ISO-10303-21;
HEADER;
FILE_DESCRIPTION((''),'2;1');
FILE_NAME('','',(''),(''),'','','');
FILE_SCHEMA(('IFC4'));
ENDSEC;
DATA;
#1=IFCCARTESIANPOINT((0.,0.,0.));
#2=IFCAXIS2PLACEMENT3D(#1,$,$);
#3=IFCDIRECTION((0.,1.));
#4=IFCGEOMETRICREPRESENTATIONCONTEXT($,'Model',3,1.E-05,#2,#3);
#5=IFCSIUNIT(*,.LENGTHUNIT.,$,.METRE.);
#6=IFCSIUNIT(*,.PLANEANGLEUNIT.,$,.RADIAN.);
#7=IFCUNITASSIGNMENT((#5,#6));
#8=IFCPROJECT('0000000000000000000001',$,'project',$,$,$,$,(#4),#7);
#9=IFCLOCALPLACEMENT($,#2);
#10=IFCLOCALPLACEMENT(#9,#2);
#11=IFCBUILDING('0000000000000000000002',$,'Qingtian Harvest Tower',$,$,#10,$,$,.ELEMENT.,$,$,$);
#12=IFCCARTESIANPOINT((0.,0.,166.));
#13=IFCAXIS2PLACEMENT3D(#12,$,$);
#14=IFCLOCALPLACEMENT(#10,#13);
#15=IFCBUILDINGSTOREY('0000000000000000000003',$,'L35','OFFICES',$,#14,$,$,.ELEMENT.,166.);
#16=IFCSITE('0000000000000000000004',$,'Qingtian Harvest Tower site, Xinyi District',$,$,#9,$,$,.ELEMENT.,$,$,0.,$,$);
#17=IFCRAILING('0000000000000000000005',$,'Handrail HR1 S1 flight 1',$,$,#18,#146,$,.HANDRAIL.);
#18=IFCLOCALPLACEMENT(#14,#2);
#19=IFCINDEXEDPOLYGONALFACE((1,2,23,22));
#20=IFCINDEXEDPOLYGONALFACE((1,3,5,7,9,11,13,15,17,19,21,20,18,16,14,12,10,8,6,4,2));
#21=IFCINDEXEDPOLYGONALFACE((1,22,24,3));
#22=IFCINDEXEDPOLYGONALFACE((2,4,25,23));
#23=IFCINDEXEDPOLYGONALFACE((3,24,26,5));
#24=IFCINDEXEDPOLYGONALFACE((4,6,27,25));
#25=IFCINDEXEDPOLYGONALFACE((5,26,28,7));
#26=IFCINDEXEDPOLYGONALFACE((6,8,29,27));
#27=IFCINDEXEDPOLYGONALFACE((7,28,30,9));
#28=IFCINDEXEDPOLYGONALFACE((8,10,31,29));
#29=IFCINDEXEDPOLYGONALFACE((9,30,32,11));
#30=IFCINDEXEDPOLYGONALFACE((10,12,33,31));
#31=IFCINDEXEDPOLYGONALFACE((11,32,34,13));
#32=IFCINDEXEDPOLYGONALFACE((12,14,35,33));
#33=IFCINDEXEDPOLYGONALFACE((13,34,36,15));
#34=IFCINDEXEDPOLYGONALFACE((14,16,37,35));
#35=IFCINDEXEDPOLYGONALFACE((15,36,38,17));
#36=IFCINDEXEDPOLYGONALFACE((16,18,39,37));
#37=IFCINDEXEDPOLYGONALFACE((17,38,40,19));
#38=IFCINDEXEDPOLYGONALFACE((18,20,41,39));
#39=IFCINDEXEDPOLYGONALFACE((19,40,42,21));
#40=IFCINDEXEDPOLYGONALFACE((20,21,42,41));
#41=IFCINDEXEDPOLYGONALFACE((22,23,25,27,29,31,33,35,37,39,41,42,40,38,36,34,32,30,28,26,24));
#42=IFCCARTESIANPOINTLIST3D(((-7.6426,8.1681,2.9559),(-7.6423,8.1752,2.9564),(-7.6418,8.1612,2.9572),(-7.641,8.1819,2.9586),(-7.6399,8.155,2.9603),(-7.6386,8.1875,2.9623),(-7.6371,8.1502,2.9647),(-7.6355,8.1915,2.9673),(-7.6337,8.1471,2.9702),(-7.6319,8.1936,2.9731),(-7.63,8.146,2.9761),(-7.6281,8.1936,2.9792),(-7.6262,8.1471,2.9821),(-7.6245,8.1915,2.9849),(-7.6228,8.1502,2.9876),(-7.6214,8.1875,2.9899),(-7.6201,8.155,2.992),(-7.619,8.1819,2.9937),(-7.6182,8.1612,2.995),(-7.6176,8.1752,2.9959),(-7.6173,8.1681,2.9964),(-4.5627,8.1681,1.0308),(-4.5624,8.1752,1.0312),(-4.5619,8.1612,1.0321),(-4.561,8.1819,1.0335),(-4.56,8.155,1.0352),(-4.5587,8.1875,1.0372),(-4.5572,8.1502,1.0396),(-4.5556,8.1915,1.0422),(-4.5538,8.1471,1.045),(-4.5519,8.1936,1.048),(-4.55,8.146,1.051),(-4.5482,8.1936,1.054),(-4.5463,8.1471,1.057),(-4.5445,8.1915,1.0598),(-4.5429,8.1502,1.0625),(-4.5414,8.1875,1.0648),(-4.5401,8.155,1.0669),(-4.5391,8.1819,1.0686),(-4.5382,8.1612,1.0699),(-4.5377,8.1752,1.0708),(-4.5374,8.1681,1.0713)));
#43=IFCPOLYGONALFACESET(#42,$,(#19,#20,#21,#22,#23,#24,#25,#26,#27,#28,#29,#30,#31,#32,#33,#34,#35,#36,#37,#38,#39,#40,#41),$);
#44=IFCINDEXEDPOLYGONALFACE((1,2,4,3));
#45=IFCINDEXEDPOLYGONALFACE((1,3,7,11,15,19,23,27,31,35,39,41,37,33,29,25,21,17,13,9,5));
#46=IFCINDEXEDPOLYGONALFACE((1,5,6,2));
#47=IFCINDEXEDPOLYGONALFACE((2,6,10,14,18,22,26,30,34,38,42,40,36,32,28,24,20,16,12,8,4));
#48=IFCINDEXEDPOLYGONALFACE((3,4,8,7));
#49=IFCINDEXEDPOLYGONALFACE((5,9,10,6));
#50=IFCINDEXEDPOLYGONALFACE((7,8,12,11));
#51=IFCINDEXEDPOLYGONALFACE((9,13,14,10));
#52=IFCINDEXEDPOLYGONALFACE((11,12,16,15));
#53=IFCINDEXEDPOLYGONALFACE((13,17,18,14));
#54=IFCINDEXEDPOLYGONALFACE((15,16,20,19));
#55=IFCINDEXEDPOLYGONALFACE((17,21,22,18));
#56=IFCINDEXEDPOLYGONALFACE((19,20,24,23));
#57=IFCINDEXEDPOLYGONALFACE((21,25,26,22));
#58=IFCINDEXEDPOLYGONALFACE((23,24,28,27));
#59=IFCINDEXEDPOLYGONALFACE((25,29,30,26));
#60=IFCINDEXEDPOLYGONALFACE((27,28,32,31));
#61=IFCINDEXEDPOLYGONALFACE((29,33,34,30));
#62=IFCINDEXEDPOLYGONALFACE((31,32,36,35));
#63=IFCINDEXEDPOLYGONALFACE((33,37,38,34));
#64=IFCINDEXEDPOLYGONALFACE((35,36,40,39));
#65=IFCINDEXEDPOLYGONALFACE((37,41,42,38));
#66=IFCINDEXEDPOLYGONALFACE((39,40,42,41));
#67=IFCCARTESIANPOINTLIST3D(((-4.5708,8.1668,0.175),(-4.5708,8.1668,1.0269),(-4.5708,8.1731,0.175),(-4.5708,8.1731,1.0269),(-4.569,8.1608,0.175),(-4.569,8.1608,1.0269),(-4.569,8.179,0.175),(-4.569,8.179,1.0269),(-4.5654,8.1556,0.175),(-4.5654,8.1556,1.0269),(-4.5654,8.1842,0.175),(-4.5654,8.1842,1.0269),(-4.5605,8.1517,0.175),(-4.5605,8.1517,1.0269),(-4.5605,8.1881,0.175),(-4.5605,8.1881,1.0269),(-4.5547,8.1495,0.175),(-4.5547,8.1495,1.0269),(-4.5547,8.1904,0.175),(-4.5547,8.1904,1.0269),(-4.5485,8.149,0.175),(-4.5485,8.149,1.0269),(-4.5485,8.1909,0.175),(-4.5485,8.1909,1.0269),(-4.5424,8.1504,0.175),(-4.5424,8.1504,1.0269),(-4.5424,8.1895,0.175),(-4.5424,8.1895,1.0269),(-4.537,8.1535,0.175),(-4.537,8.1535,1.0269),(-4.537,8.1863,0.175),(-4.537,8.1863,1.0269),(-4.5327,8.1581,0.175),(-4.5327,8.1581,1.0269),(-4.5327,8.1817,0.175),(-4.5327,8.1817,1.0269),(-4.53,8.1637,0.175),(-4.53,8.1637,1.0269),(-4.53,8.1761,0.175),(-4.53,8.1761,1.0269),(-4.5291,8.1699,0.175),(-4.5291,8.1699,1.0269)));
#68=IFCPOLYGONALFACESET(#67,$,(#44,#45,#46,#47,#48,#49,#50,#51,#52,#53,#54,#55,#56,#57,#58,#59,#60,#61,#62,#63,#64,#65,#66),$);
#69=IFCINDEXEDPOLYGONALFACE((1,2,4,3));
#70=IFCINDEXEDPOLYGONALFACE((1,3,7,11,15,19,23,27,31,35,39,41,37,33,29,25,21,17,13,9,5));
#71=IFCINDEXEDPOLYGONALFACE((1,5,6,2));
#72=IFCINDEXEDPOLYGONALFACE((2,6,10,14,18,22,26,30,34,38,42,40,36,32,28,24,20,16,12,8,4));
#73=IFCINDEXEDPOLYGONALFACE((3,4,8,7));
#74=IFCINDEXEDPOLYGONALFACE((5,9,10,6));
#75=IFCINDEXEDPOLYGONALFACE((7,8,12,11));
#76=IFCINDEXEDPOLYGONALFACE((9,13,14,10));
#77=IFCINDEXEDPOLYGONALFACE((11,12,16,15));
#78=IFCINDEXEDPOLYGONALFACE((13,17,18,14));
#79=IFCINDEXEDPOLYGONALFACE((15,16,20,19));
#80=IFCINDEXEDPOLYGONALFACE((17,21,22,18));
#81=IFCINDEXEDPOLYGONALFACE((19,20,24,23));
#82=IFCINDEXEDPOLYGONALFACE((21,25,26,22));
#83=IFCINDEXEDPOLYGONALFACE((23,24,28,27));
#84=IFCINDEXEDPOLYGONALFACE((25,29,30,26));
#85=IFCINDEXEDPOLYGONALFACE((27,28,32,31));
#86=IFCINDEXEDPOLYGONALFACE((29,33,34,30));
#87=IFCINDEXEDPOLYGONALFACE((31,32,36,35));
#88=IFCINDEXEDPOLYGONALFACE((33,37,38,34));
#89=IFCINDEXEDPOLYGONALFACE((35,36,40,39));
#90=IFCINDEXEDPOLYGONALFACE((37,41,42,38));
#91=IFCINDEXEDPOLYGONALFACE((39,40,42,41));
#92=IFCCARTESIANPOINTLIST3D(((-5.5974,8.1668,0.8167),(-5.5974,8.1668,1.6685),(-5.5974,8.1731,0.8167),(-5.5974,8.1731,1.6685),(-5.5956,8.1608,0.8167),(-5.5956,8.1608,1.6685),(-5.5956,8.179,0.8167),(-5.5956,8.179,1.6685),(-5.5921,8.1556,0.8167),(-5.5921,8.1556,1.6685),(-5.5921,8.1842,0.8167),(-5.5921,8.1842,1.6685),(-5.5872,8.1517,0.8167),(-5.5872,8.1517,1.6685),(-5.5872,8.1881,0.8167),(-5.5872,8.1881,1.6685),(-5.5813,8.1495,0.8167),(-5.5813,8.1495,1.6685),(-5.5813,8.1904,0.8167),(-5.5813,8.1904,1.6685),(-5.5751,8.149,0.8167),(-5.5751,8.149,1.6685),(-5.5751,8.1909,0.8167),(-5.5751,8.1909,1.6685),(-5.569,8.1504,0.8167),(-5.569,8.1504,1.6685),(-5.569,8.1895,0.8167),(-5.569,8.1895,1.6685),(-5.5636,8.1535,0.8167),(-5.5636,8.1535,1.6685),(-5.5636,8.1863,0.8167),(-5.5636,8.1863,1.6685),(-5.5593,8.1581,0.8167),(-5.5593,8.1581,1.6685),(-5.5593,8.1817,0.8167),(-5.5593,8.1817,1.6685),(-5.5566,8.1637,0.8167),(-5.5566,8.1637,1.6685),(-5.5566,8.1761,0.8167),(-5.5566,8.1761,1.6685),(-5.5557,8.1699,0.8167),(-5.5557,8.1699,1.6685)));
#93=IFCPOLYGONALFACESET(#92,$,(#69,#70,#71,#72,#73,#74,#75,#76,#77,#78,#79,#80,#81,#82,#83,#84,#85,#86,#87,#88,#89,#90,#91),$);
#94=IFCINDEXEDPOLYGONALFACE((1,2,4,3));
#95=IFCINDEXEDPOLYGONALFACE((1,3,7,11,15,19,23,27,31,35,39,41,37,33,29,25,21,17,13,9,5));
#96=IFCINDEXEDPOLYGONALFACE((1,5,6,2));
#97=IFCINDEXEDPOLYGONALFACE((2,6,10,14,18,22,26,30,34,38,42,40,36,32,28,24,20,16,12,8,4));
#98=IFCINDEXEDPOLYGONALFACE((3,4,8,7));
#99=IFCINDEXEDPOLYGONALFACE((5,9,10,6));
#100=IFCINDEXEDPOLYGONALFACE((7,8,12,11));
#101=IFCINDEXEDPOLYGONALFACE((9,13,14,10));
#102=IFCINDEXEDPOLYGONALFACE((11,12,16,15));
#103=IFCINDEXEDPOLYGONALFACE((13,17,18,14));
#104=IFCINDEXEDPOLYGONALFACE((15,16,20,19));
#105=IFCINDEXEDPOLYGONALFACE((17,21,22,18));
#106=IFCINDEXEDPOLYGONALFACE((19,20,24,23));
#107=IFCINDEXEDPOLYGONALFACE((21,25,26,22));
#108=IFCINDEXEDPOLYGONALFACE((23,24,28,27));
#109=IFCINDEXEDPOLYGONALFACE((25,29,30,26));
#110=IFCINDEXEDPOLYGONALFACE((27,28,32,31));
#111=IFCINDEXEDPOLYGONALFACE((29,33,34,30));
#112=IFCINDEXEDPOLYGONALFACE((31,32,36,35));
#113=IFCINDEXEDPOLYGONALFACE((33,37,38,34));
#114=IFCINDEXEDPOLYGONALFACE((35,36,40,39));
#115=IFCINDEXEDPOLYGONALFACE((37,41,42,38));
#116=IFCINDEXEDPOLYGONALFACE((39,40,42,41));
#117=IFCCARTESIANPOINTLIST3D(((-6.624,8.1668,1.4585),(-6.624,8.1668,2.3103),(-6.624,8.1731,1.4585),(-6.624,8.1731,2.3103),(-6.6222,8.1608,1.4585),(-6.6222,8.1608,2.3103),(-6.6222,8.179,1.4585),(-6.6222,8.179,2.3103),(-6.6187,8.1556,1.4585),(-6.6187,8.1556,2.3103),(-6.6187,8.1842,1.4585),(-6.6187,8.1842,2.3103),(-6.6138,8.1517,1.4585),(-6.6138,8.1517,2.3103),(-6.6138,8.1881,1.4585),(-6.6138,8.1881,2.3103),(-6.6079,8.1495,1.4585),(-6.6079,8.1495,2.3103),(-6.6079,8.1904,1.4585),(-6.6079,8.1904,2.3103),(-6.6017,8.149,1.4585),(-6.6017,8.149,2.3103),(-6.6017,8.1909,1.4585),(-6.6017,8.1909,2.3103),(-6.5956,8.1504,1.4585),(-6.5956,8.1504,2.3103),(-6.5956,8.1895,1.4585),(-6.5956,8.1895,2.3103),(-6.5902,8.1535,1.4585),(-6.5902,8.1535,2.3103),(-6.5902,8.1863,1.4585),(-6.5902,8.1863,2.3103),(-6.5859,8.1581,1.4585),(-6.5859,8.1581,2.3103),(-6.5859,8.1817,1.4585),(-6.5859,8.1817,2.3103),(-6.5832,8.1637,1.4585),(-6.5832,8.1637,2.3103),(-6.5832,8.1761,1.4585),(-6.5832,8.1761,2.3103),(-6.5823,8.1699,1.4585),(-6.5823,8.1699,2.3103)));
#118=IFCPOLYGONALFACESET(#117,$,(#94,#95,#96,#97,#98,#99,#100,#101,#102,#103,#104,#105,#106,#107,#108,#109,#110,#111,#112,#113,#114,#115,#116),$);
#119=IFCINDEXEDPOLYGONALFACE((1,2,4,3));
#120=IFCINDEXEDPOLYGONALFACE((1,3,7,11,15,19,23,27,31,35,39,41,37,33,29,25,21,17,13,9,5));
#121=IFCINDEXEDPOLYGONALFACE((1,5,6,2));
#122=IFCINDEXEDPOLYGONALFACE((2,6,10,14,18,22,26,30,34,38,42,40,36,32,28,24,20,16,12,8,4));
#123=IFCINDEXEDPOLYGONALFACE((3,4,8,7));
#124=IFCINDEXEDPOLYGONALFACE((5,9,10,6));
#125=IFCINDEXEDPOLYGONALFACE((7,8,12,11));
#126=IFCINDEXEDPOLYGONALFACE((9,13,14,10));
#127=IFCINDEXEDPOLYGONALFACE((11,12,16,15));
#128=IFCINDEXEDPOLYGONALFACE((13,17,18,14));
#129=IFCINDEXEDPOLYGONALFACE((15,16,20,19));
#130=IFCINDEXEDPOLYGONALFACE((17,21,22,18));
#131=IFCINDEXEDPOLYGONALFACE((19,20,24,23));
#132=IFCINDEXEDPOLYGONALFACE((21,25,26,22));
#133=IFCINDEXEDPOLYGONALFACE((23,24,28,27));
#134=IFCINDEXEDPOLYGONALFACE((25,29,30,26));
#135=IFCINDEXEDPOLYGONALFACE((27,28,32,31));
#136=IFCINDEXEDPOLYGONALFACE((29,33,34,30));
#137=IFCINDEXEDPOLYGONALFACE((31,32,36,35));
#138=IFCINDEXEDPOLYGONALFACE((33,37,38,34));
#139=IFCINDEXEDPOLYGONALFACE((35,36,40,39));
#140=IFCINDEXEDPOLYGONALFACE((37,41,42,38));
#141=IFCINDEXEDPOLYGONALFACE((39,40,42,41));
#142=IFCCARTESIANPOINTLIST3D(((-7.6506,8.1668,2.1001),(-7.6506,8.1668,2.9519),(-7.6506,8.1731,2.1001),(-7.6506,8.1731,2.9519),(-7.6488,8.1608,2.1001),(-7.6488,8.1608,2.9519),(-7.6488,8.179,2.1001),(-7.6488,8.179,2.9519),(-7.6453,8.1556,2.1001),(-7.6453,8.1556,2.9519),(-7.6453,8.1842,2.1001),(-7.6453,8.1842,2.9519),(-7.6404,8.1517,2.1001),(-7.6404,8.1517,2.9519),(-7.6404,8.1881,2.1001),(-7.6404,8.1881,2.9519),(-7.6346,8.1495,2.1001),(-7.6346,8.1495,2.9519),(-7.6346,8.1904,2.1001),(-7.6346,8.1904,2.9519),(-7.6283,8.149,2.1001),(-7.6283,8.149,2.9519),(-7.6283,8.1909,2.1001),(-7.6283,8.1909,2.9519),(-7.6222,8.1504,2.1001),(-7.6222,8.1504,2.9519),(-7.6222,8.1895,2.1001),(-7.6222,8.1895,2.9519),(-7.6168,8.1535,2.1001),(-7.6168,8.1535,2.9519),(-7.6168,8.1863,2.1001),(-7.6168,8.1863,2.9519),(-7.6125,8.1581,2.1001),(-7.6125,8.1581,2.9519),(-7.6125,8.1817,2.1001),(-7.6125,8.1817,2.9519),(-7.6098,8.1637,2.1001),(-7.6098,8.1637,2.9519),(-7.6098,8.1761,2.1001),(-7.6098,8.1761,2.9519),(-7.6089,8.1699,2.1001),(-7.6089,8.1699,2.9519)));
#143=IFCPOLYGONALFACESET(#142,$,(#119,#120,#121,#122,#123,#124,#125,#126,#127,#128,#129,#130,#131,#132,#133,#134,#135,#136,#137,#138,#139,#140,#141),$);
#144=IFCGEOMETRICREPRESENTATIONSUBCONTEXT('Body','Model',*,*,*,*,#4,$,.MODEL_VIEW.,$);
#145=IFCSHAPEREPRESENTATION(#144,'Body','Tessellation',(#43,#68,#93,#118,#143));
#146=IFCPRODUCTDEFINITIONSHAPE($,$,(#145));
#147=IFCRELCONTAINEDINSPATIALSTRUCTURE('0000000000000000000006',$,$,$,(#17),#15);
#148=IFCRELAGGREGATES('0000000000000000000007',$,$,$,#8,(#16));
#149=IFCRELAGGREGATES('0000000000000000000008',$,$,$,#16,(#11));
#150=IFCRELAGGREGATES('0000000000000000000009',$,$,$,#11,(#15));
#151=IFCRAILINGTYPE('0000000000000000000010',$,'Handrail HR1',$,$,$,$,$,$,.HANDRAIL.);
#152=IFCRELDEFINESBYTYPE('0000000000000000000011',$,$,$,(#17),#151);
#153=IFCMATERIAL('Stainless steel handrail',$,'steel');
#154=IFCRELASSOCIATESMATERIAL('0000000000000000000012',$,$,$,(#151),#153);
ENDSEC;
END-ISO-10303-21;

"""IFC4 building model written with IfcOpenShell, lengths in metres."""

from ifc_helpers import new_model, si_unit, direction, frame, origin, origin_2d, place, context, subcontext, project, spatial, circle, extrude, material, type_object, element, save


model = new_model("IFC4")

# Units and contexts
model_context = context("Model", 3, precision=1e-05, world=origin(), true_north=direction((0.0, 1.0)))
body_context = subcontext(model_context, "Body", "Model", "MODEL_VIEW")
ifc_project = project(units=[si_unit("LENGTHUNIT", "METRE"), si_unit("PLANEANGLEUNIT", "RADIAN")], contexts=[model_context])

# Site, building, storey
site_placement = place(None, origin())
site = spatial("IfcSite", under=ifc_project, at=site_placement, Name="Qingtian Harvest Tower site, Xinyi District", CompositionType="ELEMENT", RefElevation=0.0)
building_placement = place(site_placement, origin())
building = spatial("IfcBuilding", under=site, at=building_placement, Name="Qingtian Harvest Tower", CompositionType="ELEMENT")
storey_placement = place(building_placement, frame((0.0, 0.0, 166.0)))
storey = spatial("IfcBuildingStorey", under=building, at=storey_placement, Name="L35", Description="OFFICES", CompositionType="ELEMENT", Elevation=166.0)

# Railing
ifc_material_1 = material(Name="Stainless steel handrail", Category="steel")
railing_type = type_object("IfcRailingType", Name="Handrail HR1", PredefinedType="HANDRAIL", material=ifc_material_1)
railing_1_placement = place(storey_placement, frame((-4.55, 8.1699, 0.175)))
element("IfcRailing", 1, at=railing_1_placement, inside=storey, type_object=railing_type, Name="Handrail HR1 S1 flight 1", PredefinedType="HANDRAIL", context=body_context, shape_type="SweptSolid", body=[
    extrude(circle(Radius=0.0239, at=origin_2d()), frame((0.0, 0.0, 0.876), z_axis=(-0.847979, 0.0, 0.530029), x_axis=(0.0, -1.0, 0.0)), (0.0, 0.0, 1.0), 3.6321),
    extrude(circle(Radius=0.021, at=origin_2d()), origin(), (0.0, 0.0, 1.0), 0.8518),
    extrude(circle(Radius=0.021, at=origin_2d()), frame((-1.0266, 0.0, 0.6416)), (0.0, 0.0, 1.0), 0.8518),
    extrude(circle(Radius=0.021, at=origin_2d()), frame((-2.0532, 0.0, 1.2834)), (0.0, 0.0, 1.0), 0.8518),
    extrude(circle(Radius=0.021, at=origin_2d()), frame((-3.0798, 0.0, 1.925)), (0.0, 0.0, 1.0), 0.8518),
])

save(model, "model.ifc")
